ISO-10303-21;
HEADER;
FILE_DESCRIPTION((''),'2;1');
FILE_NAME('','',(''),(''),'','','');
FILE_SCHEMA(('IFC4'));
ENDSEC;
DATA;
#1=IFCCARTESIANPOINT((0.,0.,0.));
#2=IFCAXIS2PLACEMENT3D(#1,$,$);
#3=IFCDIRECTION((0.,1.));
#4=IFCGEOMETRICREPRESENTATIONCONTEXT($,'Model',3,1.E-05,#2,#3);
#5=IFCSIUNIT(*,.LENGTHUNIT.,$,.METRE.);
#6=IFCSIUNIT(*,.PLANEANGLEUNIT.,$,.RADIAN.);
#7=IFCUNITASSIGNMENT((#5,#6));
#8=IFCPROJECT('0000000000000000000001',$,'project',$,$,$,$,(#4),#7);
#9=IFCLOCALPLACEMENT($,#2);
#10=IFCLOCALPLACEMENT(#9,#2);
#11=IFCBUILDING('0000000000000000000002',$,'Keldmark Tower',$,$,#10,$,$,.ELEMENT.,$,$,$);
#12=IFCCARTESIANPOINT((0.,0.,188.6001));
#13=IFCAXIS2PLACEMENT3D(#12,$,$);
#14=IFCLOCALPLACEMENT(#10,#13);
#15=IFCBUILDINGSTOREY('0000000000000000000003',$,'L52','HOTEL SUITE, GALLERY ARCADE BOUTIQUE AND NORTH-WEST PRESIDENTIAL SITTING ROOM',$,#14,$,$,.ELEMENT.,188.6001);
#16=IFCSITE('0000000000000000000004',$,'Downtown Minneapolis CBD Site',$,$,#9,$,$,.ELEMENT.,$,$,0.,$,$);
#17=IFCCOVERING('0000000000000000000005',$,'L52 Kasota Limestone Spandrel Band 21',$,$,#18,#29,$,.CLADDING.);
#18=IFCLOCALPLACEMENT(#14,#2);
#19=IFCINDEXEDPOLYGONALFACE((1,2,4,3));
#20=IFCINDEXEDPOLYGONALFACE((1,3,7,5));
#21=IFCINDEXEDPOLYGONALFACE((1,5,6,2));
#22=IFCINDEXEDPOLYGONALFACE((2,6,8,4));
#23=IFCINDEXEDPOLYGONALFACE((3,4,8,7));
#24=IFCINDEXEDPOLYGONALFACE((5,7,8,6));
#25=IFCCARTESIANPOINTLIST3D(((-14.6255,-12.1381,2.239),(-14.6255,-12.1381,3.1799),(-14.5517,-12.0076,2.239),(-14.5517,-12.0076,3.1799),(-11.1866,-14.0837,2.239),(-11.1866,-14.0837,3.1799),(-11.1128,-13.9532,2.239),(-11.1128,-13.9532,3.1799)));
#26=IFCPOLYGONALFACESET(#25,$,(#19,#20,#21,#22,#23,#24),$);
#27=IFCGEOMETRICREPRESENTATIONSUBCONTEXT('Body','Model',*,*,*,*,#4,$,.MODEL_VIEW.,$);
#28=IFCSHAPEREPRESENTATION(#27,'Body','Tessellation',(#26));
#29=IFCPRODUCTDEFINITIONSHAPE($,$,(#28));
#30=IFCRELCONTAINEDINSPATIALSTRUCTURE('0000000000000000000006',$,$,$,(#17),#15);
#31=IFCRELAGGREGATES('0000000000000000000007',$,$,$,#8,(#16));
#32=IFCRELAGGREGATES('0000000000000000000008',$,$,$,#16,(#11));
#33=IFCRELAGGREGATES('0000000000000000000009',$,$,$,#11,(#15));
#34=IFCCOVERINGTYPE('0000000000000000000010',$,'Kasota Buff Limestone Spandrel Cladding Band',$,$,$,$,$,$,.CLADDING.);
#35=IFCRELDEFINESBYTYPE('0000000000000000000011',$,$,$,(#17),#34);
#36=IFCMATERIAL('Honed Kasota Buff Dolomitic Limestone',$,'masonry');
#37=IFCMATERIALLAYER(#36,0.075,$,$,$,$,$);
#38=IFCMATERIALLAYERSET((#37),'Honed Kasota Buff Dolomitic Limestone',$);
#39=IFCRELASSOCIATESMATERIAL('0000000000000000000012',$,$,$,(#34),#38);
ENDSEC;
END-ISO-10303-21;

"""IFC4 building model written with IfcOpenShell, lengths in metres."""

from ifc_helpers import new_model, si_unit, direction, frame, origin, origin_2d, place, context, subcontext, project, spatial, rectangle, extrude, material, layer, layer_set, type_object, element, save


model = new_model("IFC4")

# Units and contexts
model_context = context("Model", 3, precision=1e-05, world=origin(), true_north=direction((0.0, 1.0)))
body_context = subcontext(model_context, "Body", "Model", "MODEL_VIEW")
ifc_project = project(units=[si_unit("LENGTHUNIT", "METRE"), si_unit("PLANEANGLEUNIT", "RADIAN")], contexts=[model_context])

# Site, building, storey
site_placement = place(None, origin())
site = spatial("IfcSite", under=ifc_project, at=site_placement, Name="Downtown Minneapolis CBD Site", CompositionType="ELEMENT", RefElevation=0.0)
building_placement = place(site_placement, origin())
building = spatial("IfcBuilding", under=site, at=building_placement, Name="Keldmark Tower", CompositionType="ELEMENT")
storey_placement = place(building_placement, frame((0.0, 0.0, 188.6001)))
storey = spatial("IfcBuildingStorey", under=building, at=storey_placement, Name="L52", Description="HOTEL SUITE, GALLERY ARCADE BOUTIQUE AND NORTH-WEST PRESIDENTIAL SITTING ROOM", CompositionType="ELEMENT", Elevation=188.6001)

# Covering
ifc_material_1 = material(Name="Honed Kasota Buff Dolomitic Limestone", Category="masonry")
ifc_layer_1 = layer(ifc_material_1, 0.075)
ifc_layer_set_1 = layer_set([ifc_layer_1], Name="Honed Kasota Buff Dolomitic Limestone")
covering_type = type_object("IfcCoveringType", Name="Kasota Buff Limestone Spandrel Cladding Band", PredefinedType="CLADDING", material=ifc_layer_set_1)
covering_placement = place(storey_placement, frame((-12.8691, -13.0457, 2.239), z_axis=(0.0, 0.0, 1.0), x_axis=(0.870356, -0.492424, 0.0)))
element("IfcCovering", 1, at=covering_placement, inside=storey, type_object=covering_type, Name="L52 Kasota Limestone Spandrel Band 21", PredefinedType="CLADDING", context=body_context, shape_type="SweptSolid", body=[
    extrude(rectangle(XDim=3.9512, YDim=0.1499, at=origin_2d()), origin(), (0.0, 0.0, 1.0), 0.9409),
])

save(model, "model.ifc")
